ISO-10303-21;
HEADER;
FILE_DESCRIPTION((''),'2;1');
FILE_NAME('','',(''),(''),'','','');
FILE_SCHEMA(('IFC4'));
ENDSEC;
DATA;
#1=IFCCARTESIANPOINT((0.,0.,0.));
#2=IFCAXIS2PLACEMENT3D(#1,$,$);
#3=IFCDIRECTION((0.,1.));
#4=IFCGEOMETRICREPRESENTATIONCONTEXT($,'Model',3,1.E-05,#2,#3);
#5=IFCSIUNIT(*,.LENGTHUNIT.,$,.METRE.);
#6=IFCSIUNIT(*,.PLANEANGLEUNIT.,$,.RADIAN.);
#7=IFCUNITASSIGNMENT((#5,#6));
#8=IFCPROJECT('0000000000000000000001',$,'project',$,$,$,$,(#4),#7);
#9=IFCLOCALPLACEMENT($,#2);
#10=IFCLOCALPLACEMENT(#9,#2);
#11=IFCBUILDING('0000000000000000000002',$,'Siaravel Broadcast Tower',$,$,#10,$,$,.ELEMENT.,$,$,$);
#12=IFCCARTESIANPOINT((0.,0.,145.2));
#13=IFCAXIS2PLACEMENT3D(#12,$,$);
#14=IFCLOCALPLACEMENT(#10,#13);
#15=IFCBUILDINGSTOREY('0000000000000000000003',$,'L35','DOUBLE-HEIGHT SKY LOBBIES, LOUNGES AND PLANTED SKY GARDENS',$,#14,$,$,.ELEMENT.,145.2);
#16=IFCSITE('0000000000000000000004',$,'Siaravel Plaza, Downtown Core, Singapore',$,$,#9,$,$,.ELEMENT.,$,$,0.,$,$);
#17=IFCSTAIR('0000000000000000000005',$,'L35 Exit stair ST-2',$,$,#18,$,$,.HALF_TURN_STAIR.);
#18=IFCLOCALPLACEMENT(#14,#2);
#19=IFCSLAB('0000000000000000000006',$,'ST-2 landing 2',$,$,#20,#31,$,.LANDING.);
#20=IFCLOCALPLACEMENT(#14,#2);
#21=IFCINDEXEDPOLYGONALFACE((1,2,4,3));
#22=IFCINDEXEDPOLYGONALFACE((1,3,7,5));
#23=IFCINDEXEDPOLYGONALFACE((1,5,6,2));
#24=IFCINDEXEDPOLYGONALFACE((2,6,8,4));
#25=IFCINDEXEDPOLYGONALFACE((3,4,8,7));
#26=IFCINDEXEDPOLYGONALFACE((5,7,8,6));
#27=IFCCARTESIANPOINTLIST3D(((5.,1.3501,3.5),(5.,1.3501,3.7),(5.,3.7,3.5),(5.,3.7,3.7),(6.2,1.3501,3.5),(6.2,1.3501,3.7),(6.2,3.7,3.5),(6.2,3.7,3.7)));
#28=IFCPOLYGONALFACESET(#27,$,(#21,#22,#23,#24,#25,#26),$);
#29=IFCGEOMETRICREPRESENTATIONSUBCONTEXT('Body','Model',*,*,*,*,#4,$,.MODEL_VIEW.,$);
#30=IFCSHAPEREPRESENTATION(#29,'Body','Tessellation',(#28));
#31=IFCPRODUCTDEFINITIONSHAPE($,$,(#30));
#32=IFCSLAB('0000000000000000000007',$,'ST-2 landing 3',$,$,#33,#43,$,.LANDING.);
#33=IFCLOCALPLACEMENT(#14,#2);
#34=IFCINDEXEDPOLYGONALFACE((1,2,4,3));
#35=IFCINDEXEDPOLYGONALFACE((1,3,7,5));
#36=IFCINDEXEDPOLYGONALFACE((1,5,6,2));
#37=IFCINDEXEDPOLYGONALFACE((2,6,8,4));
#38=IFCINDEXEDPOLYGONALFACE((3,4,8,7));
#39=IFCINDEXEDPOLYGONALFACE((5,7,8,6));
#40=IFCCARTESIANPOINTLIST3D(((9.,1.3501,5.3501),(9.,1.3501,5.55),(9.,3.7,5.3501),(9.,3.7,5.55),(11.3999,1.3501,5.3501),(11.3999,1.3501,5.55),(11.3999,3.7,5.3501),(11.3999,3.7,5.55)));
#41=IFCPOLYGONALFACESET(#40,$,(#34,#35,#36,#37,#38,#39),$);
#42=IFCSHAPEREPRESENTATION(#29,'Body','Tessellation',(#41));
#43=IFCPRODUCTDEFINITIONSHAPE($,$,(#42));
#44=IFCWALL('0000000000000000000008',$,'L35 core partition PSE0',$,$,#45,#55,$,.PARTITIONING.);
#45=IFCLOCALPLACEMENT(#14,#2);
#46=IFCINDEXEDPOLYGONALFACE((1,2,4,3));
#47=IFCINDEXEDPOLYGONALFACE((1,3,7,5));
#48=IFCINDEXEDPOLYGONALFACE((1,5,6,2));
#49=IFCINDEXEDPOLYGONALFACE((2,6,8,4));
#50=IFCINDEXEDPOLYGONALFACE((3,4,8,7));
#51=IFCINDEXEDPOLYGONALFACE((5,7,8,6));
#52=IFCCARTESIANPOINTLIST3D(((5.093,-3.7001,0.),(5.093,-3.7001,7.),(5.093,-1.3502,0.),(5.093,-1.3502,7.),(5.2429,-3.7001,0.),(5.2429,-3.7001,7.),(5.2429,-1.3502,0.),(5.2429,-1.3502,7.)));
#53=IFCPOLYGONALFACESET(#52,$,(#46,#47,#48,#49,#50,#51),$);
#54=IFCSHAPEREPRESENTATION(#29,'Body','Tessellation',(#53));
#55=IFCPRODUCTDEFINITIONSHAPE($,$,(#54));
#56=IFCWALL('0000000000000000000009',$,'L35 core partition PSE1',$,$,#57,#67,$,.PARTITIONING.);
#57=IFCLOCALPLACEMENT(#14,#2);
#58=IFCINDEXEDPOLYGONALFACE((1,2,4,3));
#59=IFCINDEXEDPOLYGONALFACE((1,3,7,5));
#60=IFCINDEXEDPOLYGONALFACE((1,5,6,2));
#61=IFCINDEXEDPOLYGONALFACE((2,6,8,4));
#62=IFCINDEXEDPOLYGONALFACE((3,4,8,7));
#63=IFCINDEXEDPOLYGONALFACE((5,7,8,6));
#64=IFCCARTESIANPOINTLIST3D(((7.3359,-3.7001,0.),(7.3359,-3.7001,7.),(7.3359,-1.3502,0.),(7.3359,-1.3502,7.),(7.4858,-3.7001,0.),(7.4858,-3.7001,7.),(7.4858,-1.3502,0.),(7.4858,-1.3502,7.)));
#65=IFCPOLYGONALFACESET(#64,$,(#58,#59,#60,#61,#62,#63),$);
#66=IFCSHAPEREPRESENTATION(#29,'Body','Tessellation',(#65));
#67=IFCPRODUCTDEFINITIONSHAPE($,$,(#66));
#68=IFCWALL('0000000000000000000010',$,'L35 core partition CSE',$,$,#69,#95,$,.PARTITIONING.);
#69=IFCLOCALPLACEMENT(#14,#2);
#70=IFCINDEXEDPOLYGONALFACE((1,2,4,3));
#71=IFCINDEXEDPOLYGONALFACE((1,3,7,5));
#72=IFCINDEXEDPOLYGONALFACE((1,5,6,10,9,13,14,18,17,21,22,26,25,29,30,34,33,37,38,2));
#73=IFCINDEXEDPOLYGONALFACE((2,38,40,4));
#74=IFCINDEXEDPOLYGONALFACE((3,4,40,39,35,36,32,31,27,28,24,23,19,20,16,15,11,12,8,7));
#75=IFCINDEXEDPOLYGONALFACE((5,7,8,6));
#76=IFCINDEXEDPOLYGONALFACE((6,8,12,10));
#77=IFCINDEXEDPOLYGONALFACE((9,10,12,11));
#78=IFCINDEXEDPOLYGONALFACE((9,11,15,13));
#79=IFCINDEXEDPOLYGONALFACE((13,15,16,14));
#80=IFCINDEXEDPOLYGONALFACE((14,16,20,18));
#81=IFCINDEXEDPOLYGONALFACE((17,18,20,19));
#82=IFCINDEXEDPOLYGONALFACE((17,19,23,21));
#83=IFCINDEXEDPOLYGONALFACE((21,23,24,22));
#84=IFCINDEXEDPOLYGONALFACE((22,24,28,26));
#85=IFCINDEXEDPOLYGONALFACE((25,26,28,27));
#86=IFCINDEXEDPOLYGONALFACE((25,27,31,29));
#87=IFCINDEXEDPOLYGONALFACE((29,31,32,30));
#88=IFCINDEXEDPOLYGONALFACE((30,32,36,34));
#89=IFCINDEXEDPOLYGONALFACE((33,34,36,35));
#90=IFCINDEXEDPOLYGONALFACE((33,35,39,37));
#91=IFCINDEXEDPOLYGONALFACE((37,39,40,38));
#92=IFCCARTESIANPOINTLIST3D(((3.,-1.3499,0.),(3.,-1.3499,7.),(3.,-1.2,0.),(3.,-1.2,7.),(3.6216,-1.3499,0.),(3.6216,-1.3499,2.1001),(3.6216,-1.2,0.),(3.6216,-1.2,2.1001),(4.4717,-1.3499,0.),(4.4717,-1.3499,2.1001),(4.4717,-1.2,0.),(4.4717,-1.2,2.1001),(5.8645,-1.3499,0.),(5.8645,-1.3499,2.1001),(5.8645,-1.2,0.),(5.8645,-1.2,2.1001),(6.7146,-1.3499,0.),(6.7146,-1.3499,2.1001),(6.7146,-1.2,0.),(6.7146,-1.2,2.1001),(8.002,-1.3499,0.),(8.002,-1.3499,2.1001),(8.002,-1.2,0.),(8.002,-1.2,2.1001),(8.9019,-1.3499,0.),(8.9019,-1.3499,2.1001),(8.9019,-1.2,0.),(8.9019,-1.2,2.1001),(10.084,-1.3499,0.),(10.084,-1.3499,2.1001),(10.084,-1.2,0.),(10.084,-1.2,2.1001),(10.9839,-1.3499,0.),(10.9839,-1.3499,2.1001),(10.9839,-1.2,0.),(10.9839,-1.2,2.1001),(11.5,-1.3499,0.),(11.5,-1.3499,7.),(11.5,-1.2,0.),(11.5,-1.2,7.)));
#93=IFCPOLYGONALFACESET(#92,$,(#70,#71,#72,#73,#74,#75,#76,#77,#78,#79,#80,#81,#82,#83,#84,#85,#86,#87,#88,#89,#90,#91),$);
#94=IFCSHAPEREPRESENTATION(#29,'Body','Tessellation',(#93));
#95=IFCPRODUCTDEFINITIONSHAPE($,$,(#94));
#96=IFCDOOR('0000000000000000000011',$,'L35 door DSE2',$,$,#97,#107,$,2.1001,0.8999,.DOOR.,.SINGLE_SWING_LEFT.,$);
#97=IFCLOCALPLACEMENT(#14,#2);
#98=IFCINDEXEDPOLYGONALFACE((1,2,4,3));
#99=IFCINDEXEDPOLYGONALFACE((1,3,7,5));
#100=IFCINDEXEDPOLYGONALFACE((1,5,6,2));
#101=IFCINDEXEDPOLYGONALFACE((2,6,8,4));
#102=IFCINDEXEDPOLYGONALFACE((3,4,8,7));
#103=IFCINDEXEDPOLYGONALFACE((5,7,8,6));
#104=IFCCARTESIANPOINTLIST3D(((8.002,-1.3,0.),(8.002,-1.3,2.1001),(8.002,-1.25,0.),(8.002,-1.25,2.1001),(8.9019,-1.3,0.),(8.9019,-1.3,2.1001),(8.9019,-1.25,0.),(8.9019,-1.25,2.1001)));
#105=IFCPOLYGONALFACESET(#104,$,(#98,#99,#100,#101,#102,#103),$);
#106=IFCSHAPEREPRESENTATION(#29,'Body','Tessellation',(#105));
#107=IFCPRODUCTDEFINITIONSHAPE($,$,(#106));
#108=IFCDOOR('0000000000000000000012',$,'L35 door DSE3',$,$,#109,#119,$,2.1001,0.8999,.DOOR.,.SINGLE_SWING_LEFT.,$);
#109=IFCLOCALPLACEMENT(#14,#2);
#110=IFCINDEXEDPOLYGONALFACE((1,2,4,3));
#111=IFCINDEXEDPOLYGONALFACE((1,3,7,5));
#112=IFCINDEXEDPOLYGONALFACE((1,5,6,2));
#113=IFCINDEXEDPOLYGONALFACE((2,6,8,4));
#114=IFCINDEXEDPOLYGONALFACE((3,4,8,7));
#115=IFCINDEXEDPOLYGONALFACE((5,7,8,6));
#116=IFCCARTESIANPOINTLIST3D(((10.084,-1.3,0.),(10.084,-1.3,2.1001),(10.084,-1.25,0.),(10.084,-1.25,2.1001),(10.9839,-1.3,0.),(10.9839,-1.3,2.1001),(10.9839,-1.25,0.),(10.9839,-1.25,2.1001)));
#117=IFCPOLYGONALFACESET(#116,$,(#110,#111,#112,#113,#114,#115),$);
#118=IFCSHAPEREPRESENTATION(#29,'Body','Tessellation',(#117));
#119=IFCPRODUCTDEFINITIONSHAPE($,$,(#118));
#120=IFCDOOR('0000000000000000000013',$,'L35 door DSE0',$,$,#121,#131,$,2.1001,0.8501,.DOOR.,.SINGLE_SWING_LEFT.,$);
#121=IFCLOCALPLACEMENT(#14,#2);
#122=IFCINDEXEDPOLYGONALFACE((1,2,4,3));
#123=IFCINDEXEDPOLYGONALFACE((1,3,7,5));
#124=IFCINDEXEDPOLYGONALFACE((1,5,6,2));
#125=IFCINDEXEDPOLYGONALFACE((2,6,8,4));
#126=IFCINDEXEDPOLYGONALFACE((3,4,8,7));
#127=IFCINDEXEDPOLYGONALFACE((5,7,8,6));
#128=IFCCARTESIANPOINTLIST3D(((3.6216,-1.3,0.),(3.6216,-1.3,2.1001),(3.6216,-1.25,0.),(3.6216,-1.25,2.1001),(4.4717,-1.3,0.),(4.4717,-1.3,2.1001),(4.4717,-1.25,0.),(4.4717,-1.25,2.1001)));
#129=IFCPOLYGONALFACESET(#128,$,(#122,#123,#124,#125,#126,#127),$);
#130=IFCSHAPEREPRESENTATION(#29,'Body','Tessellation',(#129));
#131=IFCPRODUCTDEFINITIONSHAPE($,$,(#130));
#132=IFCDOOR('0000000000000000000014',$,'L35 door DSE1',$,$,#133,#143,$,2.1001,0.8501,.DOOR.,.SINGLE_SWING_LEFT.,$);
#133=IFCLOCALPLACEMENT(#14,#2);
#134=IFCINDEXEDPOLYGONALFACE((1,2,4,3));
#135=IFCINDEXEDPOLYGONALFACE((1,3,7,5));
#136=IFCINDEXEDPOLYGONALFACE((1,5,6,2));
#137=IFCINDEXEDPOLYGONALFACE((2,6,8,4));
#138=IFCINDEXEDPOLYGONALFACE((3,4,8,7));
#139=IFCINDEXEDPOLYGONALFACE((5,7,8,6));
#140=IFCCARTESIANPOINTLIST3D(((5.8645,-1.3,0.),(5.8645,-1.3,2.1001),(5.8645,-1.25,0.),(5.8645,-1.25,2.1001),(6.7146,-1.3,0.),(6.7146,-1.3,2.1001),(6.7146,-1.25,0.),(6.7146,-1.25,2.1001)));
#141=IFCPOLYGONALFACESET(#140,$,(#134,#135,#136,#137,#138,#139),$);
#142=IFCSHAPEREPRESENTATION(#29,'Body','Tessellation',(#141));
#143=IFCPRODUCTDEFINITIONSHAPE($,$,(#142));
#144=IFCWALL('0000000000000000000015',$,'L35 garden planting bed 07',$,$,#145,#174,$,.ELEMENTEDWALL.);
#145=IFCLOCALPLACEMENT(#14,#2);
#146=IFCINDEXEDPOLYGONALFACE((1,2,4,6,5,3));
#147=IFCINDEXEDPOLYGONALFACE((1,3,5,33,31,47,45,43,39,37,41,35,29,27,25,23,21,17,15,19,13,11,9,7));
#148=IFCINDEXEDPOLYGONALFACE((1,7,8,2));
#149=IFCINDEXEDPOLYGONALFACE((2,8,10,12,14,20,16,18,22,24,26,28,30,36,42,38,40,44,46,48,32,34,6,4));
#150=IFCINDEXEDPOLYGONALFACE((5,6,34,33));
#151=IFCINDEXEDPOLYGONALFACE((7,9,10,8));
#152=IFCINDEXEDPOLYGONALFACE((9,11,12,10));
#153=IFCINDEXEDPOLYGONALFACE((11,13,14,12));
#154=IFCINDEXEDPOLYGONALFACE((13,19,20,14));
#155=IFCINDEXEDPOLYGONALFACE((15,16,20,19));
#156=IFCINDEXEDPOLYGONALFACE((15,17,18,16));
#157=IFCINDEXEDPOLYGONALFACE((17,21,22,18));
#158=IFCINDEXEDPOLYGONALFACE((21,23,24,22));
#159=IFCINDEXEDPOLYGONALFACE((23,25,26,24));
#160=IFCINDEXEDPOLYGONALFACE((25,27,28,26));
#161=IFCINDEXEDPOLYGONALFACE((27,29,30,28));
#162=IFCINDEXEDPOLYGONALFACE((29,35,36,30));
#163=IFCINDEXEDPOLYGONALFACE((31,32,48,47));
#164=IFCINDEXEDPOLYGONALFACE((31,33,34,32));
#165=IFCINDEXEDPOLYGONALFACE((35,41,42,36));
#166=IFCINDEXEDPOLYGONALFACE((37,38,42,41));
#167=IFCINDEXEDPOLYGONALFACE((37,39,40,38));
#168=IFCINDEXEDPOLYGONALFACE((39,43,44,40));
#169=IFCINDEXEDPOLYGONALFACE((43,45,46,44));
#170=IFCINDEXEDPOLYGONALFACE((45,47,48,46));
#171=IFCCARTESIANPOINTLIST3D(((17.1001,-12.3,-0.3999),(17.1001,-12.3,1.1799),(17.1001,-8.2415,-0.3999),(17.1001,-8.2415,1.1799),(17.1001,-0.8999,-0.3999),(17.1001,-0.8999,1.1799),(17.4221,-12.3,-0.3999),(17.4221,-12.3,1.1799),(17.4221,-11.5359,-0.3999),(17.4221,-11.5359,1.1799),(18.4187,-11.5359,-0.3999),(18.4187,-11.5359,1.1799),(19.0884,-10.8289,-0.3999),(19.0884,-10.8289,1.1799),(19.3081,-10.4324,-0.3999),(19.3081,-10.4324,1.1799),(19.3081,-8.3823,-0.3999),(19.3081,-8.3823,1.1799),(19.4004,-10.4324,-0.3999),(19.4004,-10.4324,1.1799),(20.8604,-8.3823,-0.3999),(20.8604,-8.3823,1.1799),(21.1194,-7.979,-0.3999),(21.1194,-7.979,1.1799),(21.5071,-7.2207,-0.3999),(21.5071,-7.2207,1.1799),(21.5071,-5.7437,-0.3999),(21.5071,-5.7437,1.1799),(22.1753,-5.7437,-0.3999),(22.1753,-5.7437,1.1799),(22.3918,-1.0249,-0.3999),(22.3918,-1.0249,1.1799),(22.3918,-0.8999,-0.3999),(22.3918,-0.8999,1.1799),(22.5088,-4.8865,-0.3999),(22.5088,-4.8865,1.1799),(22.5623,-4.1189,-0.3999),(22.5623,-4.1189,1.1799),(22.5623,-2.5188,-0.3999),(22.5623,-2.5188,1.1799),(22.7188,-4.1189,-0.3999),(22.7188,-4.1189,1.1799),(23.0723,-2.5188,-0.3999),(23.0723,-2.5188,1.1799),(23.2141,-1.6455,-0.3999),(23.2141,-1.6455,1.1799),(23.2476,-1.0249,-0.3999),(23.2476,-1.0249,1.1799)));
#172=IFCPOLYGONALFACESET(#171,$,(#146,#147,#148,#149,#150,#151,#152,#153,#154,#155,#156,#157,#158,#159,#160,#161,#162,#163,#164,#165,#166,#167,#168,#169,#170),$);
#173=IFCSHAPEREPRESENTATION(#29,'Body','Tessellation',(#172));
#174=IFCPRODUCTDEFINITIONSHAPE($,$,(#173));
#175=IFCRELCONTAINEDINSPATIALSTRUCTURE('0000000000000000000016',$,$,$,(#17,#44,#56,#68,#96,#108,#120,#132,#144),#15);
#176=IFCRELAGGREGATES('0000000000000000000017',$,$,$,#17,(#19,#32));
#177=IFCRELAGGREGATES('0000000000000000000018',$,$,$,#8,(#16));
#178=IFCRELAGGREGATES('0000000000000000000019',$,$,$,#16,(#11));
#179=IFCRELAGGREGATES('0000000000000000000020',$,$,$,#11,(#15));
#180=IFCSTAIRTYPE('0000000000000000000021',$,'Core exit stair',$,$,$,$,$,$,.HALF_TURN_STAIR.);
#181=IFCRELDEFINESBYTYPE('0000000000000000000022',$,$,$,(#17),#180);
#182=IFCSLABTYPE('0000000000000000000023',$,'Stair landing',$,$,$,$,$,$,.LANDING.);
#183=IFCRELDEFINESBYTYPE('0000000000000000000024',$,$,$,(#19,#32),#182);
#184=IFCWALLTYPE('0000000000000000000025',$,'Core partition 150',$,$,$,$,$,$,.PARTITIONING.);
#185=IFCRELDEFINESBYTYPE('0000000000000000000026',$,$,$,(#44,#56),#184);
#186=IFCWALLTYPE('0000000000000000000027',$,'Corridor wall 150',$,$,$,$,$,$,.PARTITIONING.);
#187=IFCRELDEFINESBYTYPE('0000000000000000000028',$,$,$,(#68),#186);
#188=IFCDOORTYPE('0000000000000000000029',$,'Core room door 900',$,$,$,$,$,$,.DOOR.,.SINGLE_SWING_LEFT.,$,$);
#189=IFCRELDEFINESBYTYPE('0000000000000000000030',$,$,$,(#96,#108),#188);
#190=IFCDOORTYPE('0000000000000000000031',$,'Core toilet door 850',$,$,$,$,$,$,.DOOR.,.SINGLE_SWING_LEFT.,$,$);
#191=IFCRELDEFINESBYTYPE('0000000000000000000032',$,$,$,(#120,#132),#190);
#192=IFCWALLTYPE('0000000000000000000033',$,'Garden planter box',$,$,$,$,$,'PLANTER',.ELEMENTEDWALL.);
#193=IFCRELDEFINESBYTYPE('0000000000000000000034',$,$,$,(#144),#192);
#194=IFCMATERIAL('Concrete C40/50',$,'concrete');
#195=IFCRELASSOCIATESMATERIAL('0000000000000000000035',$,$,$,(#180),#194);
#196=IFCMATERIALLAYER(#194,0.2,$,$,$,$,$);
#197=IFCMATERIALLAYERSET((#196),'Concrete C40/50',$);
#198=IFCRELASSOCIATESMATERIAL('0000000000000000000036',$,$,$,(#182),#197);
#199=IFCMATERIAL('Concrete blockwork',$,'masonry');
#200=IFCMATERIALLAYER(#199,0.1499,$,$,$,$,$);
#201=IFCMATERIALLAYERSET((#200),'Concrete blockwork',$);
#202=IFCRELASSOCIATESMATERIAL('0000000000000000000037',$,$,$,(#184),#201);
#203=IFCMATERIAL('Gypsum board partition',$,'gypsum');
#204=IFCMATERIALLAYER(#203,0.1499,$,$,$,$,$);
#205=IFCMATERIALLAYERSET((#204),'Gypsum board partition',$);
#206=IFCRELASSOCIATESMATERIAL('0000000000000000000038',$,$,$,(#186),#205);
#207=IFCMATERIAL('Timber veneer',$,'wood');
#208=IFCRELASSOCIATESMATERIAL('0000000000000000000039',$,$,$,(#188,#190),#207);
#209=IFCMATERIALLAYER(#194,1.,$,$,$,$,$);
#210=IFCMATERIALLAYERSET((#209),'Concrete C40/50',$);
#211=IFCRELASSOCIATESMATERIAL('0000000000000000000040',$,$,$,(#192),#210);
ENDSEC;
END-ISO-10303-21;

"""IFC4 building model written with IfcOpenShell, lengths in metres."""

from ifc_helpers import new_model, si_unit, direction, frame, frame_2d, origin, place, context, subcontext, project, spatial, polyline, rectangle, outline, extrude, material, layer, layer_set, type_object, element, fill, aggregate, save


model = new_model("IFC4")

# Units and contexts
model_context = context("Model", 3, precision=1e-05, world=origin(), true_north=direction((0.0, 1.0)))
body_context = subcontext(model_context, "Body", "Model", "MODEL_VIEW")
ifc_project = project(units=[si_unit("LENGTHUNIT", "METRE"), si_unit("PLANEANGLEUNIT", "RADIAN")], contexts=[model_context])

# Site, building, storey
site_placement = place(None, origin())
site = spatial("IfcSite", under=ifc_project, at=site_placement, Name="Siaravel Plaza, Downtown Core, Singapore", CompositionType="ELEMENT", RefElevation=0.0)
building_placement = place(site_placement, origin())
building = spatial("IfcBuilding", under=site, at=building_placement, Name="Siaravel Broadcast Tower", CompositionType="ELEMENT")
storey_placement = place(building_placement, frame((0.0, 0.0, 145.2)))
storey = spatial("IfcBuildingStorey", under=building, at=storey_placement, Name="L35", Description="DOUBLE-HEIGHT SKY LOBBIES, LOUNGES AND PLANTED SKY GARDENS", CompositionType="ELEMENT", Elevation=145.2)

# Shared definitions
ifc_material_1 = material(Name="Concrete C40/50", Category="concrete")

# Stair, slabs
stair_type = type_object("IfcStairType", Name="Core exit stair", PredefinedType="HALF_TURN_STAIR", material=ifc_material_1)
ifc_layer_1 = layer(ifc_material_1, 0.2)
ifc_layer_set_1 = layer_set([ifc_layer_1], Name="Concrete C40/50")
slab_type_1 = type_object("IfcSlabType", Name="Stair landing", PredefinedType="LANDING", material=ifc_layer_set_1)
stair_1_placement = place(storey_placement, origin())
stair_1 = element("IfcStair", 1, at=stair_1_placement, inside=storey, type_object=stair_type, Name="L35 Exit stair ST-2", PredefinedType="HALF_TURN_STAIR")
slab_1_placement = place(storey_placement, frame((0.0, 0.0, 3.5)))
slab_1 = element("IfcSlab", 2, at=slab_1_placement, type_object=slab_type_1, Name="ST-2 landing 2", PredefinedType="LANDING", context=body_context, shape_type="SweptSolid", body=[
    extrude(outline(polyline([(5.0, 1.3501), (6.2, 1.3501), (6.2, 3.7), (5.0, 3.7), (5.0, 1.3501)])), origin(), (0.0, 0.0, 1.0), 0.2),
])
slab_2_placement = place(storey_placement, frame((0.0, 0.0, 5.3501)))
slab_2 = element("IfcSlab", 3, at=slab_2_placement, type_object=slab_type_1, Name="ST-2 landing 3", PredefinedType="LANDING", context=body_context, shape_type="SweptSolid", body=[
    extrude(outline(polyline([(9.0, 1.3501), (11.3999, 1.3501), (11.3999, 3.7), (9.0, 3.7), (9.0, 1.3501)])), origin(), (0.0, 0.0, 1.0), 0.2),
])
aggregate(stair_1, [slab_1, slab_2])

# Walls
ifc_material_2 = material(Name="Concrete blockwork", Category="masonry")
ifc_layer_2 = layer(ifc_material_2, 0.1499)
ifc_layer_set_2 = layer_set([ifc_layer_2], Name="Concrete blockwork")
wall_type_1 = type_object("IfcWallType", Name="Core partition 150", PredefinedType="PARTITIONING", material=ifc_layer_set_2)
for number, where, z_axis, x_axis, name in (
    (4, (5.168, -3.7, 0.0), (0.0, 0.0, 1.0), (0.0, 1.0, 0.0), "L35 core partition PSE0"),
    (5, (7.4109, -3.7, 0.0), (0.0, 0.0, 1.0), (0.0, 1.0, 0.0), "L35 core partition PSE1"),
):
    element("IfcWall", number, at=place(storey_placement, frame(where, z_axis=z_axis, x_axis=x_axis)), inside=storey, type_object=wall_type_1, Name=name, PredefinedType="PARTITIONING", context=body_context, shape_type="SweptSolid", body=[
        extrude(rectangle(XDim=2.3499, YDim=0.1499, at=frame_2d((1.1748, 0.0))), origin(), (0.0, 0.0, 1.0), 7.0),
    ])

# Wall, openings, doors
ifc_material_3 = material(Name="Gypsum board partition", Category="gypsum")
ifc_layer_3 = layer(ifc_material_3, 0.1499)
ifc_layer_set_3 = layer_set([ifc_layer_3], Name="Gypsum board partition")
wall_type_2 = type_object("IfcWallType", Name="Corridor wall 150", PredefinedType="PARTITIONING", material=ifc_layer_set_3)
wall_1_placement = place(storey_placement, frame((3.0, -1.2749, 0.0), z_axis=(0.0, 0.0, 1.0), x_axis=(1.0, 0.0, 0.0)))
wall_1 = element("IfcWall", 6, at=wall_1_placement, inside=storey, type_object=wall_type_2, Name="L35 core partition CSE", PredefinedType="PARTITIONING", context=body_context, shape_type="SweptSolid", body=[
    extrude(rectangle(XDim=8.5, YDim=0.1499, at=frame_2d((4.25, 0.0))), origin(), (0.0, 0.0, 1.0), 7.0),
])
opening_1_placement = place(wall_1_placement, frame((0.6216, 0.0, 0.0)))
opening_1 = element("IfcOpeningElement", 7, at=opening_1_placement, cuts=wall_1, PredefinedType="OPENING", context=body_context, shape_type="SweptSolid", body=[
    extrude(rectangle(XDim=0.8501, YDim=2.1001, at=frame_2d((0.425, 1.05))), frame((0.0, 0.085, 0.0), z_axis=(0.0, -1.0, 0.0), x_axis=(1.0, 0.0, 0.0)), (0.0, 0.0, 1.0), 0.1699),
])
opening_2_placement = place(wall_1_placement, frame((2.8645, 0.0, 0.0)))
opening_2 = element("IfcOpeningElement", 8, at=opening_2_placement, cuts=wall_1, PredefinedType="OPENING", context=body_context, shape_type="SweptSolid", body=[
    extrude(rectangle(XDim=0.8501, YDim=2.1001, at=frame_2d((0.425, 1.05))), frame((0.0, 0.085, 0.0), z_axis=(0.0, -1.0, 0.0), x_axis=(1.0, 0.0, 0.0)), (0.0, 0.0, 1.0), 0.1699),
])
opening_3_placement = place(wall_1_placement, frame((5.002, 0.0, 0.0)))
opening_3 = element("IfcOpeningElement", 9, at=opening_3_placement, cuts=wall_1, PredefinedType="OPENING", context=body_context, shape_type="SweptSolid", body=[
    extrude(rectangle(XDim=0.8999, YDim=2.1001, at=frame_2d((0.45, 1.05))), frame((0.0, 0.085, 0.0), z_axis=(0.0, -1.0, 0.0), x_axis=(1.0, 0.0, 0.0)), (0.0, 0.0, 1.0), 0.1699),
])
opening_4_placement = place(wall_1_placement, frame((7.084, 0.0, 0.0)))
opening_4 = element("IfcOpeningElement", 10, at=opening_4_placement, cuts=wall_1, PredefinedType="OPENING", context=body_context, shape_type="SweptSolid", body=[
    extrude(rectangle(XDim=0.8999, YDim=2.1001, at=frame_2d((0.45, 1.05))), frame((0.0, 0.085, 0.0), z_axis=(0.0, -1.0, 0.0), x_axis=(1.0, 0.0, 0.0)), (0.0, 0.0, 1.0), 0.1699),
])
ifc_material_4 = material(Name="Timber veneer", Category="wood")
door_type_1 = type_object("IfcDoorType", Name="Core room door 900", OperationType="SINGLE_SWING_LEFT", PredefinedType="DOOR", material=ifc_material_4)
door_1_placement = place(opening_3_placement, origin())
door_1 = element("IfcDoor", 11, at=door_1_placement, inside=storey, type_object=door_type_1, Name="L35 door DSE2", OperationType="SINGLE_SWING_LEFT", OverallHeight=2.1001, OverallWidth=0.8999, PredefinedType="DOOR", context=body_context, shape_type="SweptSolid", body=[
    extrude(rectangle(XDim=0.8999, YDim=2.1001, at=frame_2d((0.45, 1.05))), frame((0.0, 0.0249, 0.0), z_axis=(0.0, -1.0, 0.0), x_axis=(1.0, 0.0, 0.0)), (0.0, 0.0, 1.0), 0.05),
])
fill(opening_3, door_1)
door_2_placement = place(opening_4_placement, origin())
door_2 = element("IfcDoor", 12, at=door_2_placement, inside=storey, type_object=door_type_1, Name="L35 door DSE3", OperationType="SINGLE_SWING_LEFT", OverallHeight=2.1001, OverallWidth=0.8999, PredefinedType="DOOR", context=body_context, shape_type="SweptSolid", body=[
    extrude(rectangle(XDim=0.8999, YDim=2.1001, at=frame_2d((0.45, 1.05))), frame((0.0, 0.0249, 0.0), z_axis=(0.0, -1.0, 0.0), x_axis=(1.0, 0.0, 0.0)), (0.0, 0.0, 1.0), 0.05),
])
fill(opening_4, door_2)
door_type_2 = type_object("IfcDoorType", Name="Core toilet door 850", OperationType="SINGLE_SWING_LEFT", PredefinedType="DOOR", material=ifc_material_4)
door_3_placement = place(opening_1_placement, origin())
door_3 = element("IfcDoor", 13, at=door_3_placement, inside=storey, type_object=door_type_2, Name="L35 door DSE0", OperationType="SINGLE_SWING_LEFT", OverallHeight=2.1001, OverallWidth=0.8501, PredefinedType="DOOR", context=body_context, shape_type="SweptSolid", body=[
    extrude(rectangle(XDim=0.8501, YDim=2.1001, at=frame_2d((0.425, 1.05))), frame((0.0, 0.0249, 0.0), z_axis=(0.0, -1.0, 0.0), x_axis=(1.0, 0.0, 0.0)), (0.0, 0.0, 1.0), 0.05),
])
fill(opening_1, door_3)
door_4_placement = place(opening_2_placement, origin())
door_4 = element("IfcDoor", 14, at=door_4_placement, inside=storey, type_object=door_type_2, Name="L35 door DSE1", OperationType="SINGLE_SWING_LEFT", OverallHeight=2.1001, OverallWidth=0.8501, PredefinedType="DOOR", context=body_context, shape_type="SweptSolid", body=[
    extrude(rectangle(XDim=0.8501, YDim=2.1001, at=frame_2d((0.425, 1.05))), frame((0.0, 0.0249, 0.0), z_axis=(0.0, -1.0, 0.0), x_axis=(1.0, 0.0, 0.0)), (0.0, 0.0, 1.0), 0.05),
])
fill(opening_2, door_4)

# Wall
ifc_layer_4 = layer(ifc_material_1, 1.0)
ifc_layer_set_4 = layer_set([ifc_layer_4], Name="Concrete C40/50")
wall_type_3 = type_object("IfcWallType", Name="Garden planter box", ElementType="PLANTER", PredefinedType="ELEMENTEDWALL", material=ifc_layer_set_4)
wall_2_placement = place(storey_placement, frame((0.0, 0.0, -0.3999)))
element("IfcWall", 15, at=wall_2_placement, inside=storey, type_object=wall_type_3, Name="L35 garden planting bed 07", PredefinedType="ELEMENTEDWALL", context=body_context, shape_type="SweptSolid", body=[
    extrude(outline(polyline([(22.5088, -4.8865), (22.7188, -4.1189), (22.5623, -4.1189), (22.5623, -2.5188), (23.0723, -2.5188), (23.2141, -1.6455), (23.2476, -1.0249), (22.3918, -1.0249), (22.3918, -0.8999), (17.1001, -0.8999), (17.1001, -8.2415), (17.1001, -12.3), (17.4221, -12.3), (17.4221, -11.5359), (18.4187, -11.5359), (19.0884, -10.8289), (19.4004, -10.4324), (19.3081, -10.4324), (19.3081, -8.3823), (20.8604, -8.3823), (21.1194, -7.979), (21.5071, -7.2207), (21.5071, -5.7437), (22.1753, -5.7437), (22.5088, -4.8865)])), origin(), (0.0, 0.0, 1.0), 1.5798),
])

save(model, "model.ifc")
